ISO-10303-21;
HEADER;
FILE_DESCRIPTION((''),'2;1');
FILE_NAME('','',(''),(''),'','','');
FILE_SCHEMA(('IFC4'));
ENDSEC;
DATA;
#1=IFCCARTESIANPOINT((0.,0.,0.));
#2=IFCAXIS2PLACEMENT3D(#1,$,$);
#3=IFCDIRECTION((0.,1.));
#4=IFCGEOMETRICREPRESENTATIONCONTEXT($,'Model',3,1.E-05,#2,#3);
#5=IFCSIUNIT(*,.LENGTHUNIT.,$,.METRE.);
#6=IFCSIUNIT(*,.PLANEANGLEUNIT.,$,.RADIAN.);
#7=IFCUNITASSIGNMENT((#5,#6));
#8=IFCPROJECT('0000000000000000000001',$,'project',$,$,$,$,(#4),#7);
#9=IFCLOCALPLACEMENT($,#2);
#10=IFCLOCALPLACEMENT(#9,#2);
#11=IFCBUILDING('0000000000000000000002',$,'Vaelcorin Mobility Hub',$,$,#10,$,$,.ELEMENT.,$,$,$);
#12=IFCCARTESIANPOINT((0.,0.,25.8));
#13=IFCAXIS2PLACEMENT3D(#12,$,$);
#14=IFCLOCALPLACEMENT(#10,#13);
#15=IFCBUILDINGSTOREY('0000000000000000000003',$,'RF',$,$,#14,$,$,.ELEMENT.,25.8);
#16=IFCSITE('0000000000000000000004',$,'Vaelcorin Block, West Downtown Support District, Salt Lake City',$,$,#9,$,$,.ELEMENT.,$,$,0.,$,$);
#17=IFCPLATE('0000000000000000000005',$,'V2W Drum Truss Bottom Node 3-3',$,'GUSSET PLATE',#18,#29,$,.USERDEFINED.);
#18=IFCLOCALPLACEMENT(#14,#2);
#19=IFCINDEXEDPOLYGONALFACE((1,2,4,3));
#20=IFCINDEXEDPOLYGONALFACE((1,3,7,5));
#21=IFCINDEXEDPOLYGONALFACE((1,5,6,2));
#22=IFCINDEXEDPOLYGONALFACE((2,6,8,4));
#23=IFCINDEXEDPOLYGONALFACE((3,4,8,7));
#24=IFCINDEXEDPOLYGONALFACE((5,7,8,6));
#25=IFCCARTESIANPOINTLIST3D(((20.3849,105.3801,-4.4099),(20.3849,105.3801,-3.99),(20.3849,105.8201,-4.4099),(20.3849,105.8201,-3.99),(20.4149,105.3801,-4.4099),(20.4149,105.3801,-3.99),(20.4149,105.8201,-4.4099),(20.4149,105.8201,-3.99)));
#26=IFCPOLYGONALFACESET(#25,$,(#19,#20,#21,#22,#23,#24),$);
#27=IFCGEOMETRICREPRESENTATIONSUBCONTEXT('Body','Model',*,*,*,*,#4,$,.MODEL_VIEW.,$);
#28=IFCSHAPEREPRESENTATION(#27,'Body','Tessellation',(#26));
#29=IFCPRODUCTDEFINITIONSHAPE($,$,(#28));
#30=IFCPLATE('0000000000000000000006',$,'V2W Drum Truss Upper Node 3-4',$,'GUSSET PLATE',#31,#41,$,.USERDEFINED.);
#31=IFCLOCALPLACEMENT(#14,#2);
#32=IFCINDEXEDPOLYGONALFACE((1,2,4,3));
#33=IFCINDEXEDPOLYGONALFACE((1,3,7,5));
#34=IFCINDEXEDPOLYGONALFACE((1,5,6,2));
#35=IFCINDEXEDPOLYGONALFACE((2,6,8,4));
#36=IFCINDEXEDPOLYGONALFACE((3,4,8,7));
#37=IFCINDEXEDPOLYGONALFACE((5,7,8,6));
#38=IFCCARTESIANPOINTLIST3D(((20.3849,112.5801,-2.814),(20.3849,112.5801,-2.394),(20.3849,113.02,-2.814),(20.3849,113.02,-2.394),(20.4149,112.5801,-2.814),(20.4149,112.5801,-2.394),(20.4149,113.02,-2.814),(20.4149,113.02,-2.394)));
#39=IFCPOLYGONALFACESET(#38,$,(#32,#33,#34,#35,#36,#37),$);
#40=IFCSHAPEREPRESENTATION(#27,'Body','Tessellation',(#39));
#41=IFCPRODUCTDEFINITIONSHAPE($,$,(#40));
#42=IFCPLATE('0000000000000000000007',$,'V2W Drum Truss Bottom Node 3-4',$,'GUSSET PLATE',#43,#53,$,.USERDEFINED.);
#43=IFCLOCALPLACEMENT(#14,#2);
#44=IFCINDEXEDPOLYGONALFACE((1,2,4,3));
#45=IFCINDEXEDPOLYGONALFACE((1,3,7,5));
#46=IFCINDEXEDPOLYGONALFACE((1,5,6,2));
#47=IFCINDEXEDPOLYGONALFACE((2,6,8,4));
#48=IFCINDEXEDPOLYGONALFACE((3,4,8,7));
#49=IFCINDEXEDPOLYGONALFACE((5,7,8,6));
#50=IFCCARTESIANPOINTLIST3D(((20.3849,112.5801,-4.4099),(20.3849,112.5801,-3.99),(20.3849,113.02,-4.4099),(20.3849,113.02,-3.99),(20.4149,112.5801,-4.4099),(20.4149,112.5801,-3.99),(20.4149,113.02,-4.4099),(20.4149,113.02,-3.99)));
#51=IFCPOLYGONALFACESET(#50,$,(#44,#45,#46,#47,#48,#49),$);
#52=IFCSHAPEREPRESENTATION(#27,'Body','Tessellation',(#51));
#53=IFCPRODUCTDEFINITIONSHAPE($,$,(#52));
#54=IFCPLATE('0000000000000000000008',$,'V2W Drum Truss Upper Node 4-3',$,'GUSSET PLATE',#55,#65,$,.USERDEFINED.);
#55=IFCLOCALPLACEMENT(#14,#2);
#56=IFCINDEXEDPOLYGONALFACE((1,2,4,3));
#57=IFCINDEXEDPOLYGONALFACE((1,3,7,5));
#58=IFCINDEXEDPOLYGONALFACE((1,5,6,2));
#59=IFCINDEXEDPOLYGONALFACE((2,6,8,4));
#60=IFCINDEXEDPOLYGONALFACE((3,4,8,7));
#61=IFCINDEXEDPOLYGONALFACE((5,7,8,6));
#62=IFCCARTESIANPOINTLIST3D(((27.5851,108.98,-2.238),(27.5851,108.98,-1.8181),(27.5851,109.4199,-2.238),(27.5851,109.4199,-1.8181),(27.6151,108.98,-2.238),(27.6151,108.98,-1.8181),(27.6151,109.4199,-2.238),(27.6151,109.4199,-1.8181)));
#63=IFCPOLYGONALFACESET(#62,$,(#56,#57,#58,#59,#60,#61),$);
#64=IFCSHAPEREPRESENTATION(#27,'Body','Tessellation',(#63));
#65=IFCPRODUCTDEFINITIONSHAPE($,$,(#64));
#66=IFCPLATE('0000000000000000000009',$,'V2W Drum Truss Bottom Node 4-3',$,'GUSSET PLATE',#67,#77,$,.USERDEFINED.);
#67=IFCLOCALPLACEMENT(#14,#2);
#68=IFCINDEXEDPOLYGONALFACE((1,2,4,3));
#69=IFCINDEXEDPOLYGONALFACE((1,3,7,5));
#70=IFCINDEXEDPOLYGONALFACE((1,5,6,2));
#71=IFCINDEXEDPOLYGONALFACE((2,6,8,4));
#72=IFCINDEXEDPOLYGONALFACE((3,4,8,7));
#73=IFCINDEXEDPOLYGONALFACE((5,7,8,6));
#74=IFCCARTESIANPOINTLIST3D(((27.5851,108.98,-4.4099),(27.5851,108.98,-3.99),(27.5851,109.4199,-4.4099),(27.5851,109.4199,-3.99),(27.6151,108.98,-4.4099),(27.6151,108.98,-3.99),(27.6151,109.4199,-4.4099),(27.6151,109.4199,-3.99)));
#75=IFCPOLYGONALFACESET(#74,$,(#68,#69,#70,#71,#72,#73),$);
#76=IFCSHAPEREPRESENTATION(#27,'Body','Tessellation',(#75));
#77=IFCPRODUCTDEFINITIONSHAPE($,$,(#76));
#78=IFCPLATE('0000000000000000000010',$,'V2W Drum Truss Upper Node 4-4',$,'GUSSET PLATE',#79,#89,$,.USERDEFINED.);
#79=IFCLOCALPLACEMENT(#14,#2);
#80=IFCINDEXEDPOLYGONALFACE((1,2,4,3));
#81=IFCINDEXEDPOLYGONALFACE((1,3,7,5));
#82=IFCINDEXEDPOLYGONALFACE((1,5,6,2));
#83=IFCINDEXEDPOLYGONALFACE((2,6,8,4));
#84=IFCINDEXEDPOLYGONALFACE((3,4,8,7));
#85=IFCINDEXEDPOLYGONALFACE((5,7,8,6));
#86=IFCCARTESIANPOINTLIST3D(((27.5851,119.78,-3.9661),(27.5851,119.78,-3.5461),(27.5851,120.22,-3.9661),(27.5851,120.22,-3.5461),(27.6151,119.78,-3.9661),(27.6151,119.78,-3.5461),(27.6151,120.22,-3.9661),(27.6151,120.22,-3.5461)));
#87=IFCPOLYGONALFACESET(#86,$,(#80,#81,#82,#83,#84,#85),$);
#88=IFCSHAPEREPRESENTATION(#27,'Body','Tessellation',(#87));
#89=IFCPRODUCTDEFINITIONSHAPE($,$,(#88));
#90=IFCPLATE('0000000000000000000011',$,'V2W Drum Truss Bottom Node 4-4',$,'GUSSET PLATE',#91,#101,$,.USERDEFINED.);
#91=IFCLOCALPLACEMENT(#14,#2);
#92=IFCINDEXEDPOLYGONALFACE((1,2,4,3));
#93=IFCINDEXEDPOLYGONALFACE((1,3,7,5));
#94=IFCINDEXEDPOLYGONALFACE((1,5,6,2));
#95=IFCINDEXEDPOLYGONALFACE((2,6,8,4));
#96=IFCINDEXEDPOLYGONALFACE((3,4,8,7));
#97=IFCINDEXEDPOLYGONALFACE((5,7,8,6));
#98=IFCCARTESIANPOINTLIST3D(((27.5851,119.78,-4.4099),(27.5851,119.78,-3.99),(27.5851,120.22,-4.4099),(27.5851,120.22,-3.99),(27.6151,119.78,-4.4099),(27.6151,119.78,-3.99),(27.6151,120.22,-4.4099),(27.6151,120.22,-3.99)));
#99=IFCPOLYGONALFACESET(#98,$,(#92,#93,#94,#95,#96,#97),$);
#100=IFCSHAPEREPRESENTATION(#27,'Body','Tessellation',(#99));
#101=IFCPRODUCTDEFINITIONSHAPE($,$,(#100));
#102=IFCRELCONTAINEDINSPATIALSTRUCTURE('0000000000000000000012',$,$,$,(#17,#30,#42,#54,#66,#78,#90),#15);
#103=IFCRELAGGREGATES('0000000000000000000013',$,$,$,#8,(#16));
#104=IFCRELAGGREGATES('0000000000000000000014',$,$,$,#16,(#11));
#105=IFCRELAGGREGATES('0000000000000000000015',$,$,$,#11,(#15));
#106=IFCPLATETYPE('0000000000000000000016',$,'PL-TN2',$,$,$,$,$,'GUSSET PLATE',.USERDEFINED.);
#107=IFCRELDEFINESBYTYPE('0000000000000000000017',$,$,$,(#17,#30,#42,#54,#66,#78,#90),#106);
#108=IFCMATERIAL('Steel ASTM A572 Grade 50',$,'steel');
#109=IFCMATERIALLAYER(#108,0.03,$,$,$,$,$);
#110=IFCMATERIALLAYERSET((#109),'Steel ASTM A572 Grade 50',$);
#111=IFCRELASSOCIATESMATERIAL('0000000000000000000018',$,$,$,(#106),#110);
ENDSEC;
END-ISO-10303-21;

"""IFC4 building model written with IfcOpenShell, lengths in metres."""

from ifc_helpers import new_model, si_unit, direction, frame, origin, origin_2d, place, context, subcontext, project, spatial, rectangle, extrude, material, layer, layer_set, type_object, element, save


model = new_model("IFC4")

# Units and contexts
model_context = context("Model", 3, precision=1e-05, world=origin(), true_north=direction((0.0, 1.0)))
body_context = subcontext(model_context, "Body", "Model", "MODEL_VIEW")
ifc_project = project(units=[si_unit("LENGTHUNIT", "METRE"), si_unit("PLANEANGLEUNIT", "RADIAN")], contexts=[model_context])

# Site, building, storey
site_placement = place(None, origin())
site = spatial("IfcSite", under=ifc_project, at=site_placement, Name="Vaelcorin Block, West Downtown Support District, Salt Lake City", CompositionType="ELEMENT", RefElevation=0.0)
building_placement = place(site_placement, origin())
building = spatial("IfcBuilding", under=site, at=building_placement, Name="Vaelcorin Mobility Hub", CompositionType="ELEMENT")
storey_placement = place(building_placement, frame((0.0, 0.0, 25.8)))
storey = spatial("IfcBuildingStorey", under=building, at=storey_placement, Name="RF", CompositionType="ELEMENT", Elevation=25.8)

# Plates
ifc_material_1 = material(Name="Steel ASTM A572 Grade 50", Category="steel")
ifc_layer = layer(ifc_material_1, 0.03)
ifc_layer_set = layer_set([ifc_layer], Name="Steel ASTM A572 Grade 50")
plate_type = type_object("IfcPlateType", Name="PL-TN2", ElementType="GUSSET PLATE", PredefinedType="USERDEFINED", material=ifc_layer_set)
for number, where, z_axis, x_axis, name in (
    (1, (20.3999, 105.6001, -4.4099), (0.0, 0.0, 1.0), (1.0, 0.0, 0.0), "V2W Drum Truss Bottom Node 3-3"),
    (2, (20.3999, 112.8, -2.814), (0.0, 0.0, 1.0), (1.0, 0.0, 0.0), "V2W Drum Truss Upper Node 3-4"),
    (3, (20.3999, 112.8, -4.4099), (0.0, 0.0, 1.0), (1.0, 0.0, 0.0), "V2W Drum Truss Bottom Node 3-4"),
    (4, (27.6001, 109.2, -2.238), (0.0, 0.0, 1.0), (1.0, 0.0, 0.0), "V2W Drum Truss Upper Node 4-3"),
    (5, (27.6001, 109.2, -4.4099), (0.0, 0.0, 1.0), (1.0, 0.0, 0.0), "V2W Drum Truss Bottom Node 4-3"),
    (6, (27.6001, 120.0, -3.9661), (0.0, 0.0, 1.0), (1.0, 0.0, 0.0), "V2W Drum Truss Upper Node 4-4"),
    (7, (27.6001, 120.0, -4.4099), (0.0, 0.0, 1.0), (1.0, 0.0, 0.0), "V2W Drum Truss Bottom Node 4-4"),
):
    element("IfcPlate", number, at=place(storey_placement, frame(where, z_axis=z_axis, x_axis=x_axis)), inside=storey, type_object=plate_type, Name=name, ObjectType="GUSSET PLATE", PredefinedType="USERDEFINED", context=body_context, shape_type="SweptSolid", body=[
        extrude(rectangle(XDim=0.03, YDim=0.4399, at=origin_2d()), origin(), (0.0, 0.0, 1.0), 0.4199),
    ])

save(model, "model.ifc")
